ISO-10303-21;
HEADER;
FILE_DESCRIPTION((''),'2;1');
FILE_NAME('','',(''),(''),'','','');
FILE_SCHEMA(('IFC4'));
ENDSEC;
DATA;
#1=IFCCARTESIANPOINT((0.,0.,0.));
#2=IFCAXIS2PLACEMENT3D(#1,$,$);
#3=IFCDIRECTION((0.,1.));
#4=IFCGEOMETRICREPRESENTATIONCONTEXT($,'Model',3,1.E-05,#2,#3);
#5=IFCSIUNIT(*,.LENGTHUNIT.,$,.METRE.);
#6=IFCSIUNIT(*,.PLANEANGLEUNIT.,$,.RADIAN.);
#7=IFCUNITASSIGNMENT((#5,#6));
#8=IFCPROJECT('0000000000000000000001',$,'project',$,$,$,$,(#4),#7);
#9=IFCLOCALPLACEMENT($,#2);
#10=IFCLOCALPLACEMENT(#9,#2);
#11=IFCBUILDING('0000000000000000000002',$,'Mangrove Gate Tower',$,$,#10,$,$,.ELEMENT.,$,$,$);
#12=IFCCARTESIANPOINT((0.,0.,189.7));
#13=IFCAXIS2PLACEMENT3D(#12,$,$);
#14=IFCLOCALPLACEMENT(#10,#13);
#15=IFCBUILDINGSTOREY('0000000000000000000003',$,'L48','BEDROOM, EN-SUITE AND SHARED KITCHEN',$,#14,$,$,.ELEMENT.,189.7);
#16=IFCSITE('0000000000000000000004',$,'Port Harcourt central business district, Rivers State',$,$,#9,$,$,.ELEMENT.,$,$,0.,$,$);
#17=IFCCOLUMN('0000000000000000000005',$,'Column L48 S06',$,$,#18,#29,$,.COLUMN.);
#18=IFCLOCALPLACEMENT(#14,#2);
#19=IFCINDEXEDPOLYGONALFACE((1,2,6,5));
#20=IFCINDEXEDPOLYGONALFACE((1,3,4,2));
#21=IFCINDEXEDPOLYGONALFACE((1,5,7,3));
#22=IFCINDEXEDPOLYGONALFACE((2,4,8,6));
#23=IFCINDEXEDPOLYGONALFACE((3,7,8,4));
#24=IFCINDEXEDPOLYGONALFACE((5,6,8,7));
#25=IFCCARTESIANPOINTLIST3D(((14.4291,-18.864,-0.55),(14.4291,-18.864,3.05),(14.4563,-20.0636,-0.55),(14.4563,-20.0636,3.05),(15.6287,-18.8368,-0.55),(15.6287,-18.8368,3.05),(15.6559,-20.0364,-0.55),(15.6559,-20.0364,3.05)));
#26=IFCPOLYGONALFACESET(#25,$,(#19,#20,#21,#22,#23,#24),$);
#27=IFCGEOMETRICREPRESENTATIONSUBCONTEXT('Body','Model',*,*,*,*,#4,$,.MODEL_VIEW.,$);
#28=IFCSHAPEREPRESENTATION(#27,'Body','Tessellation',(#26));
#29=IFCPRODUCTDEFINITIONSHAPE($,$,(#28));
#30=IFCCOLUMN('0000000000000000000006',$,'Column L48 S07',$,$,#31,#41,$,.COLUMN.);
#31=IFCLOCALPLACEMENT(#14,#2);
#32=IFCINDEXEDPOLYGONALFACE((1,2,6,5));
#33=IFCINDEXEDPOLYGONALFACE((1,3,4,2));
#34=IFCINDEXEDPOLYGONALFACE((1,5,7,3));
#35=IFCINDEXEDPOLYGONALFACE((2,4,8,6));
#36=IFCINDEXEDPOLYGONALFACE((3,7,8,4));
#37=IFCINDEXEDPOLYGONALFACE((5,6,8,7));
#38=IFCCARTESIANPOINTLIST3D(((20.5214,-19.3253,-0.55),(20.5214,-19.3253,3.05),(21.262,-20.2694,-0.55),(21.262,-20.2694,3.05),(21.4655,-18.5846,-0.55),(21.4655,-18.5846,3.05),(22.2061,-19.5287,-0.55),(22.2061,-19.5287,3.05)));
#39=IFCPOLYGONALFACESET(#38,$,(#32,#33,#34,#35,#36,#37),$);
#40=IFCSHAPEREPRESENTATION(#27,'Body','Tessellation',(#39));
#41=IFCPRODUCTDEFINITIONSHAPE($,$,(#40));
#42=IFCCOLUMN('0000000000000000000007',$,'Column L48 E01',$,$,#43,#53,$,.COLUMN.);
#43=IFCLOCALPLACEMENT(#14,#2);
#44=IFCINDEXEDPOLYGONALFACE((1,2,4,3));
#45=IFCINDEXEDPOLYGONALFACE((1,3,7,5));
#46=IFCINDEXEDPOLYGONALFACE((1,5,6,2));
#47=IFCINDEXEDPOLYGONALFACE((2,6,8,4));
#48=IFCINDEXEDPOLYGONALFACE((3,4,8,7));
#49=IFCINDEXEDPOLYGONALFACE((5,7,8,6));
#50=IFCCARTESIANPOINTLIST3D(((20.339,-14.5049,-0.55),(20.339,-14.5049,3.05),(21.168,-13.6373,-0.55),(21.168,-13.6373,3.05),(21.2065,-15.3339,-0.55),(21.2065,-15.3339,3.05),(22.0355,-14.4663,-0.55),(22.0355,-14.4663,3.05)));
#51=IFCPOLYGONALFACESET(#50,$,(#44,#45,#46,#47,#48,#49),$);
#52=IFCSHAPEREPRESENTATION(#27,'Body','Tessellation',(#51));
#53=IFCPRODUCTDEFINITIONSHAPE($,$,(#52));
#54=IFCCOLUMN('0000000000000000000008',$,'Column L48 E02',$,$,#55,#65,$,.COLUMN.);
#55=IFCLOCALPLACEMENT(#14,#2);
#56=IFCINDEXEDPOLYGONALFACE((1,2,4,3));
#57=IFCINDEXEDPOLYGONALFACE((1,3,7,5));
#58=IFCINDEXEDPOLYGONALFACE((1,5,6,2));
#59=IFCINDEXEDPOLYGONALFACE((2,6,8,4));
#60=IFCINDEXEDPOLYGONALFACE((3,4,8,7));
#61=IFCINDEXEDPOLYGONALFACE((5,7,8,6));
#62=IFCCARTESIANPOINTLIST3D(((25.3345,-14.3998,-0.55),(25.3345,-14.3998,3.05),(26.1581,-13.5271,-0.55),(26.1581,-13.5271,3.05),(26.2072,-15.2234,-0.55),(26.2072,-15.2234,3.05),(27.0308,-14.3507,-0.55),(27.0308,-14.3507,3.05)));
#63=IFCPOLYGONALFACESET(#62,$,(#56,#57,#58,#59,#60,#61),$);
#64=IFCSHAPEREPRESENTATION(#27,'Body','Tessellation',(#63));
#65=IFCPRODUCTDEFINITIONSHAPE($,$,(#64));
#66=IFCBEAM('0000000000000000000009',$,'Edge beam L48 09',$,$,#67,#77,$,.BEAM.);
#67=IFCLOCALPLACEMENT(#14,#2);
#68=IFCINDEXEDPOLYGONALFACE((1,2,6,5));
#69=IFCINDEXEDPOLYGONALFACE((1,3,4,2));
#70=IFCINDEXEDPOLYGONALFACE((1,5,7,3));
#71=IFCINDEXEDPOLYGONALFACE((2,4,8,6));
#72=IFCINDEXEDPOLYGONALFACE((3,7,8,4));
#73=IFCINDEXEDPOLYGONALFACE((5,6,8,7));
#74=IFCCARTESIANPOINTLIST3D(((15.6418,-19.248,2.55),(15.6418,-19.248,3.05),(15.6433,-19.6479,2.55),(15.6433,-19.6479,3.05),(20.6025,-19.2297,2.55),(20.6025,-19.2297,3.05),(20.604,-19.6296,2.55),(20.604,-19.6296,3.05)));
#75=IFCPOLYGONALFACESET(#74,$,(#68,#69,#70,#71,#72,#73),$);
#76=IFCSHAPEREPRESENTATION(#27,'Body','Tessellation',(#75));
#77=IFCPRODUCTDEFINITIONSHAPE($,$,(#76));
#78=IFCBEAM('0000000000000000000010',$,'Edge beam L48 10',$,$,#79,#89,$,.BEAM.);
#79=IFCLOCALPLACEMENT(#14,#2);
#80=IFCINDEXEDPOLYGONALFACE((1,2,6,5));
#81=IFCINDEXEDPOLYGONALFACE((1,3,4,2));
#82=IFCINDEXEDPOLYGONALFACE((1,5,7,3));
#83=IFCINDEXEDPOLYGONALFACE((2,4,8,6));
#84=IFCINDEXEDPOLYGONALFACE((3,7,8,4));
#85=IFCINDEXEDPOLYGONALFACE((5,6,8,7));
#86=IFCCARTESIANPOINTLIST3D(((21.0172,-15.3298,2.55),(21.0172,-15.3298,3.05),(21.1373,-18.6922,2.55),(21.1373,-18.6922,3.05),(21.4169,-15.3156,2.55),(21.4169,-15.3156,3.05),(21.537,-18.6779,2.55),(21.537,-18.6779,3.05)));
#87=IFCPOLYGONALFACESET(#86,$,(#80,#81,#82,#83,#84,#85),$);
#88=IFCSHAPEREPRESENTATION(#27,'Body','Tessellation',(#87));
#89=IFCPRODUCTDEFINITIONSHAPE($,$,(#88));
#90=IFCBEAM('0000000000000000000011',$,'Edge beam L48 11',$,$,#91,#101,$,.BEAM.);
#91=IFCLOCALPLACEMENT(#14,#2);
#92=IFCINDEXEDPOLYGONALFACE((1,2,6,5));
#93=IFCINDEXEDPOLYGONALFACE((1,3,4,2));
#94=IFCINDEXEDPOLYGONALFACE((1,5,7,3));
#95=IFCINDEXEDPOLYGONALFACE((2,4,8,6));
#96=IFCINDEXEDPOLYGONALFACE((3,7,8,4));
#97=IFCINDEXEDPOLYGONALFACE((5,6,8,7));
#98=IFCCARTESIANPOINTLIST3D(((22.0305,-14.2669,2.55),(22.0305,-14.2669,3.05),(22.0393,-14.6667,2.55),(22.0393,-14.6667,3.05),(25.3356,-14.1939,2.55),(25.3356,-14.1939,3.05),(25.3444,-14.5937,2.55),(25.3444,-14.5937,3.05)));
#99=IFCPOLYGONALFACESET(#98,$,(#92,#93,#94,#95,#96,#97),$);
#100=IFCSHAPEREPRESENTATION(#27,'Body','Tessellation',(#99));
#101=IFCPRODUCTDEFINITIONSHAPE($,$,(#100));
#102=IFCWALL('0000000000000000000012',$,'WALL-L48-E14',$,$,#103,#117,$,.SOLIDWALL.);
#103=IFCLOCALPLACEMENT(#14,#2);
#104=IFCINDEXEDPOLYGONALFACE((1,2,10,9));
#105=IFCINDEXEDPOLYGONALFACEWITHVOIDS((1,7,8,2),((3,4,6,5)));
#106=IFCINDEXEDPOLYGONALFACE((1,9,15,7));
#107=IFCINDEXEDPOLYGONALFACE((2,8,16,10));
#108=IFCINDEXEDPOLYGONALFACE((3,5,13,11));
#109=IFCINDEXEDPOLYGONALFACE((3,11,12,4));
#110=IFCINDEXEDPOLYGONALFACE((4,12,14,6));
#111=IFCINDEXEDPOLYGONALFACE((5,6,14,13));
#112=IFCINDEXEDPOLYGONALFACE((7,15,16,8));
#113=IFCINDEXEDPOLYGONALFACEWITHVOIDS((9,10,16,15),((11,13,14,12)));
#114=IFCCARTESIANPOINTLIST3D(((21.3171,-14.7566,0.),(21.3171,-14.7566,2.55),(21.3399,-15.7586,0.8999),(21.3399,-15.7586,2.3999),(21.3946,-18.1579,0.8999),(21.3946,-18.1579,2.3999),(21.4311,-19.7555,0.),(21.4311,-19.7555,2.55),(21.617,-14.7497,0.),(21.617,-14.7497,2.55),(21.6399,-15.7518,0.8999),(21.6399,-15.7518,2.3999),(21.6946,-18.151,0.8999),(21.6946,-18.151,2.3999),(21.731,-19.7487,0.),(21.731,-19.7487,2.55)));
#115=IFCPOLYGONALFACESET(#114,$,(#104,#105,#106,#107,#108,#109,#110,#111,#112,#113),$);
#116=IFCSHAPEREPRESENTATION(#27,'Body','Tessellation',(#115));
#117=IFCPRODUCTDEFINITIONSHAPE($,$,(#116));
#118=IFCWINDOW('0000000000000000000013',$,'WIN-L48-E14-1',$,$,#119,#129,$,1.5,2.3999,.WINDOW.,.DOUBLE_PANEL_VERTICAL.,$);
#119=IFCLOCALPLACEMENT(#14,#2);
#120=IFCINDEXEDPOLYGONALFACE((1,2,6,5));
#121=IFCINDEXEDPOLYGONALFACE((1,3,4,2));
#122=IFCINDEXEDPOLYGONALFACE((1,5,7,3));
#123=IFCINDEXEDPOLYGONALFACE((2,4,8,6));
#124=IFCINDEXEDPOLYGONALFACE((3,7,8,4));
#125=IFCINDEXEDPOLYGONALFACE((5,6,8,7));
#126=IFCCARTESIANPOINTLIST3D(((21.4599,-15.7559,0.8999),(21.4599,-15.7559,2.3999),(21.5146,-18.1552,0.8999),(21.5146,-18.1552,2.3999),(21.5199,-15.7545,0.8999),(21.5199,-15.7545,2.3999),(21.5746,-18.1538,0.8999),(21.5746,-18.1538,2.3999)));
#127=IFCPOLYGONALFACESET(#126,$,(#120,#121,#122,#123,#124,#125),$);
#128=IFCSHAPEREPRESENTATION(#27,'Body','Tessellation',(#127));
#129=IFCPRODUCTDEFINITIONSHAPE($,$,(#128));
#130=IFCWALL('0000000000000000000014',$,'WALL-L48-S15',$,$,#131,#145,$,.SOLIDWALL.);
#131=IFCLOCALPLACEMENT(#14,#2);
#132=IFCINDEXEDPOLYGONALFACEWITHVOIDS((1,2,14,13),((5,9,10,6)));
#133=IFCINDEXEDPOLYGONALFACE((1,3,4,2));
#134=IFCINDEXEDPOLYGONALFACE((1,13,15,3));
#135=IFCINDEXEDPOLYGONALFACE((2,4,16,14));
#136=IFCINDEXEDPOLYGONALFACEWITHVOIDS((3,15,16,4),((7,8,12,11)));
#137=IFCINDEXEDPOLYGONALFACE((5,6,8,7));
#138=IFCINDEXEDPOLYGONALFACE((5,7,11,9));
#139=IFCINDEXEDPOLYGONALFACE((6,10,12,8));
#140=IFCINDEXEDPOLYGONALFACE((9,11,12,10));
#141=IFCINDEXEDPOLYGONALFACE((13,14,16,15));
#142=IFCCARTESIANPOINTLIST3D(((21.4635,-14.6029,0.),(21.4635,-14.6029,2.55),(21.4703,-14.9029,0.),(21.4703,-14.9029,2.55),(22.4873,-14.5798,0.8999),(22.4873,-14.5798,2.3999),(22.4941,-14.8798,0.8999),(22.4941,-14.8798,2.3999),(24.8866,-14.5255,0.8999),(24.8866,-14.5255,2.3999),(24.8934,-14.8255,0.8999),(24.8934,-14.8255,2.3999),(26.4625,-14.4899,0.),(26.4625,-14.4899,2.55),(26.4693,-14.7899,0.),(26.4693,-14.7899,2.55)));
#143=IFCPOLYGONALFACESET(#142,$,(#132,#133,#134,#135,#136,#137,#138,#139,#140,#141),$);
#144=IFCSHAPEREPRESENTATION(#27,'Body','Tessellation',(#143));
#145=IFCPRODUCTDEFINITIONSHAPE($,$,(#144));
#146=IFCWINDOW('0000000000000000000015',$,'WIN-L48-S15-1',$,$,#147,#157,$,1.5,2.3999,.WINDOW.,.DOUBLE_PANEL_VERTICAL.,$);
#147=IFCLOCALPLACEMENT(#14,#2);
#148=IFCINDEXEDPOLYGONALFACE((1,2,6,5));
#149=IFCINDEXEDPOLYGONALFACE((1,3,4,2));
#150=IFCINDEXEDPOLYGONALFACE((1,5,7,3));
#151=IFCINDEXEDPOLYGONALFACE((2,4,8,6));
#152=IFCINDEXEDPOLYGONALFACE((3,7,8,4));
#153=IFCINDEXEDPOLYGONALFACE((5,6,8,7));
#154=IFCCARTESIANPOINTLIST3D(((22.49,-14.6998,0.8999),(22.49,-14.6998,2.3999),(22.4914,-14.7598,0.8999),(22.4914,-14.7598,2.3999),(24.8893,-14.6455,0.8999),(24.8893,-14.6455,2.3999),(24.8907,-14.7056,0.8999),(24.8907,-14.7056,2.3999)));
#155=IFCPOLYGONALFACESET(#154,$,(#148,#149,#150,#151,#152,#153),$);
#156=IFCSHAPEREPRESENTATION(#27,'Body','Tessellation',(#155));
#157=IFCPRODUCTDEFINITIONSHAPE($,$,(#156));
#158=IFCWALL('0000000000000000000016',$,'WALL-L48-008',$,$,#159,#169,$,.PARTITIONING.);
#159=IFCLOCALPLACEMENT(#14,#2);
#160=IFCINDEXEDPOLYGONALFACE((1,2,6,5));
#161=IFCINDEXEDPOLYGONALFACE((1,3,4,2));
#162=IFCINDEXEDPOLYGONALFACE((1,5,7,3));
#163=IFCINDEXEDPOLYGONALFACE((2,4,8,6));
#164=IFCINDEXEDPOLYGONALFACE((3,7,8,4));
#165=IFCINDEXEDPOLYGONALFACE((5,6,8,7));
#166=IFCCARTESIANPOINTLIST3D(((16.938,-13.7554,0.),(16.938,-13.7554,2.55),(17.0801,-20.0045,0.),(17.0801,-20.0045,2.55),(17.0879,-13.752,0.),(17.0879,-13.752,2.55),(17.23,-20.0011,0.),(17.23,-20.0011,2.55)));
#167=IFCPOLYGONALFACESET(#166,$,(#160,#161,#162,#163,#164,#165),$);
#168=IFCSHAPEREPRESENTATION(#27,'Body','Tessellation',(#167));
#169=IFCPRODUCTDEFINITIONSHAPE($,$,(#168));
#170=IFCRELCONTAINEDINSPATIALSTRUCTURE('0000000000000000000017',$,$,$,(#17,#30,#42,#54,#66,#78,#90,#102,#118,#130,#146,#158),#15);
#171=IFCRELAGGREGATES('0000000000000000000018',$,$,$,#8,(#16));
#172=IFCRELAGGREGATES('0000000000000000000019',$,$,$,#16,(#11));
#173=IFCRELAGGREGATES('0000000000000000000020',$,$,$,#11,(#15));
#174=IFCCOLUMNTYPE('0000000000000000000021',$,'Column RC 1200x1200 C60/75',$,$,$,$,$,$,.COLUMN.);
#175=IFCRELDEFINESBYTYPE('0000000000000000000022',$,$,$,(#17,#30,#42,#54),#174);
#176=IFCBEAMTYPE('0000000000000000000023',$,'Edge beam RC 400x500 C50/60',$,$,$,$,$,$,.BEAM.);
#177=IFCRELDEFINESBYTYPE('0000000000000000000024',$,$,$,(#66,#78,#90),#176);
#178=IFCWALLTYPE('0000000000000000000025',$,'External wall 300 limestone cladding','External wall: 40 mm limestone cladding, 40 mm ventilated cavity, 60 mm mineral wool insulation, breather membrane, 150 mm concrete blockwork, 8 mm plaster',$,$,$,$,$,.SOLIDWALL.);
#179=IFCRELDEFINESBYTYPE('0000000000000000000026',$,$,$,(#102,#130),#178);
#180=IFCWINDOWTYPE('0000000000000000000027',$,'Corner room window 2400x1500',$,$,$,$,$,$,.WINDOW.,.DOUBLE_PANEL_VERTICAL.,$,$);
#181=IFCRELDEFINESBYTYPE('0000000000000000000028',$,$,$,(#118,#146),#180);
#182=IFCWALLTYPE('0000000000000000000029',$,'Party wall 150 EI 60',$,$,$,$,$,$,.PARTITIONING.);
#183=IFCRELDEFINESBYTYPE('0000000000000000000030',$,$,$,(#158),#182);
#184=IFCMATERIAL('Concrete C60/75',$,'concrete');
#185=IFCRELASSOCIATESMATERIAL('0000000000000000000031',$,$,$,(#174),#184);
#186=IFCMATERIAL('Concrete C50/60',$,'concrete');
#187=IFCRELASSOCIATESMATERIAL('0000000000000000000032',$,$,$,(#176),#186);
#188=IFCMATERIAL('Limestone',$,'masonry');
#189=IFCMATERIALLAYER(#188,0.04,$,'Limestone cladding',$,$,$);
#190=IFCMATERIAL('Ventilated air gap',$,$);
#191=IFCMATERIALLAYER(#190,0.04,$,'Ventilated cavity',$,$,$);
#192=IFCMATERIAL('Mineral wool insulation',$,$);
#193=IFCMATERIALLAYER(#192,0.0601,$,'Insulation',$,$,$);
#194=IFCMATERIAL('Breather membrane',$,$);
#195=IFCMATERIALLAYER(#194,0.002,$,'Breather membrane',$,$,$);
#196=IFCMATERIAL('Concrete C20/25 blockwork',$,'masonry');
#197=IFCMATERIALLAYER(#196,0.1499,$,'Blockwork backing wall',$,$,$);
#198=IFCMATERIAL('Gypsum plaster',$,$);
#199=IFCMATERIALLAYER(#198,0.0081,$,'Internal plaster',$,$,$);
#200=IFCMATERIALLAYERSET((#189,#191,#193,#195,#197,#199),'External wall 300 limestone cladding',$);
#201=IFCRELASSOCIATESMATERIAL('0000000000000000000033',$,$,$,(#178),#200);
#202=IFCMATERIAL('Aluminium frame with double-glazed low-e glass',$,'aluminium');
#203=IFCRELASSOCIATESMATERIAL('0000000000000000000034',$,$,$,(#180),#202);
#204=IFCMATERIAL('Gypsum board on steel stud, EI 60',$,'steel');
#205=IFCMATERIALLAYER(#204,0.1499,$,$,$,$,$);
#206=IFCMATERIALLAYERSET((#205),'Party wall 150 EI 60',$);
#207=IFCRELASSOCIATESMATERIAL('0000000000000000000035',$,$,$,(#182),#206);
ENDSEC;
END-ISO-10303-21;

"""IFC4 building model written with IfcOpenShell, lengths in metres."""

from ifc_helpers import new_model, si_unit, direction, frame, frame_2d, origin, origin_2d, place, context, subcontext, project, spatial, rectangle, extrude, material, layer, layer_set, material_profile, profile_set, type_object, element, fill, save


model = new_model("IFC4")

# Units and contexts
model_context = context("Model", 3, precision=1e-05, world=origin(), true_north=direction((0.0, 1.0)))
body_context = subcontext(model_context, "Body", "Model", "MODEL_VIEW")
ifc_project = project(units=[si_unit("LENGTHUNIT", "METRE"), si_unit("PLANEANGLEUNIT", "RADIAN")], contexts=[model_context])

# Site, building, storey
site_placement = place(None, origin())
site = spatial("IfcSite", under=ifc_project, at=site_placement, Name="Port Harcourt central business district, Rivers State", CompositionType="ELEMENT", RefElevation=0.0)
building_placement = place(site_placement, origin())
building = spatial("IfcBuilding", under=site, at=building_placement, Name="Mangrove Gate Tower", CompositionType="ELEMENT")
storey_placement = place(building_placement, frame((0.0, 0.0, 189.7)))
storey = spatial("IfcBuildingStorey", under=building, at=storey_placement, Name="L48", Description="BEDROOM, EN-SUITE AND SHARED KITCHEN", CompositionType="ELEMENT", Elevation=189.7)

# Columns
ifc_material_1 = material(Name="Concrete C60/75", Category="concrete")
ifc_material_profile_1 = material_profile(ifc_material_1, rectangle(XDim=1.2, YDim=1.2, at=origin_2d()))
ifc_profile_set_1 = profile_set([ifc_material_profile_1], Name="Concrete C60/75")
column_type = type_object("IfcColumnType", Name="Column RC 1200x1200 C60/75", PredefinedType="COLUMN", material=ifc_profile_set_1)
for number, where, z_axis, x_axis, name in (
    (1, (15.0425, -19.4502, -0.55), (0.0, 0.0, 1.0), (0.999743, 0.022681, 0.0), "Column L48 S06"),
    (2, (21.3638, -19.427, -0.55), (0.0, 0.0, 1.0), (0.786796, 0.617213, 0.0), "Column L48 S07"),
    (3, (21.1873, -14.4856, -0.55), (0.0, 0.0, 1.0), (0.690873, 0.722977, 0.0), "Column L48 E01"),
    (4, (26.1826, -14.3752, -0.55), (0.0, 0.0, 1.0), (0.686359, 0.727263, 0.0), "Column L48 E02"),
):
    element("IfcColumn", number, at=place(storey_placement, frame(where, z_axis=z_axis, x_axis=x_axis)), inside=storey, type_object=column_type, Name=name, PredefinedType="COLUMN", context=body_context, shape_type="SweptSolid", body=[
        extrude(rectangle(XDim=1.2, YDim=1.2, at=origin_2d()), origin(), (0.0, 0.0, 1.0), 3.6001),
    ])

# Beams
ifc_material_2 = material(Name="Concrete C50/60", Category="concrete")
ifc_material_profile_2 = material_profile(ifc_material_2, rectangle(XDim=0.3999, YDim=0.5, at=origin_2d()))
ifc_profile_set_2 = profile_set([ifc_material_profile_2], Name="Concrete C50/60")
beam_type = type_object("IfcBeamType", Name="Edge beam RC 400x500 C50/60", PredefinedType="BEAM", material=ifc_profile_set_2)
beam_1_placement = place(storey_placement, frame((15.6426, -19.448, 2.8), z_axis=(0.999993, 0.003691, 0.0), x_axis=(-0.003691, 0.999993, 0.0)))
element("IfcBeam", 5, at=beam_1_placement, inside=storey, type_object=beam_type, Name="Edge beam L48 09", PredefinedType="BEAM", context=body_context, shape_type="SweptSolid", body=[
    extrude(rectangle(XDim=0.3999, YDim=0.5, at=origin_2d()), origin(), (0.0, 0.0, 1.0), 4.9607),
])
beam_2_placement = place(storey_placement, frame((21.3372, -18.6851, 2.8), z_axis=(-0.035702, 0.999362, 0.0), x_axis=(-0.999362, -0.035702, 0.0)))
element("IfcBeam", 6, at=beam_2_placement, inside=storey, type_object=beam_type, Name="Edge beam L48 10", PredefinedType="BEAM", context=body_context, shape_type="SweptSolid", body=[
    extrude(rectangle(XDim=0.3999, YDim=0.5, at=origin_2d()), origin(), (0.0, 0.0, 1.0), 3.3645),
])
beam_3_placement = place(storey_placement, frame((22.0349, -14.4668, 2.8), z_axis=(0.999756, 0.022081, 0.0), x_axis=(-0.022081, 0.999756, 0.0)))
element("IfcBeam", 7, at=beam_3_placement, inside=storey, type_object=beam_type, Name="Edge beam L48 11", PredefinedType="BEAM", context=body_context, shape_type="SweptSolid", body=[
    extrude(rectangle(XDim=0.3999, YDim=0.5, at=origin_2d()), origin(), (0.0, 0.0, 1.0), 3.3059),
])

# Shared definitions
ifc_material_3 = material(Name="Limestone", Category="masonry")
ifc_layer_1 = layer(ifc_material_3, 0.04, Name="Limestone cladding")
ifc_material_4 = material(Name="Ventilated air gap")
ifc_layer_2 = layer(ifc_material_4, 0.04, Name="Ventilated cavity")
ifc_material_5 = material(Name="Mineral wool insulation")
ifc_layer_3 = layer(ifc_material_5, 0.0601, Name="Insulation")
ifc_material_6 = material(Name="Breather membrane")
ifc_layer_4 = layer(ifc_material_6, 0.002, Name="Breather membrane")
ifc_material_7 = material(Name="Concrete C20/25 blockwork", Category="masonry")
ifc_layer_5 = layer(ifc_material_7, 0.1499, Name="Blockwork backing wall")
ifc_material_8 = material(Name="Gypsum plaster")
ifc_layer_6 = layer(ifc_material_8, 0.0081, Name="Internal plaster")
ifc_layer_set_1 = layer_set([ifc_layer_1, ifc_layer_2, ifc_layer_3, ifc_layer_4, ifc_layer_5, ifc_layer_6], Name="External wall 300 limestone cladding")
wall_type_1 = type_object("IfcWallType", Name="External wall 300 limestone cladding", Description="External wall: 40 mm limestone cladding, 40 mm ventilated cavity, 60 mm mineral wool insulation, breather membrane, 150 mm concrete blockwork, 8 mm plaster", PredefinedType="SOLIDWALL", material=ifc_layer_set_1)

# Walls, openings, windows
wall_1_placement = place(storey_placement, frame((21.5811, -19.752, 0.0), z_axis=(0.0, 0.0, 1.0), x_axis=(-0.022801, 0.99974, 0.0)))
wall_1 = element("IfcWall", 8, at=wall_1_placement, inside=storey, type_object=wall_type_1, Name="WALL-L48-E14", PredefinedType="SOLIDWALL", context=body_context, shape_type="SweptSolid", body=[
    extrude(rectangle(XDim=5.0002, YDim=0.3, at=frame_2d((2.5, 0.0))), origin(), (0.0, 0.0, 1.0), 2.55),
])
opening_1_placement = place(wall_1_placement, frame((1.5979, 0.0, 0.8999)))
opening_1 = element("IfcOpeningElement", 9, at=opening_1_placement, cuts=wall_1, PredefinedType="OPENING", context=body_context, shape_type="SweptSolid", body=[
    extrude(rectangle(XDim=2.3999, YDim=1.5, at=frame_2d((1.2, 0.75))), frame((0.0, 0.1599, 0.0), z_axis=(0.0, -1.0, 0.0), x_axis=(1.0, 0.0, 0.0)), (0.0, 0.0, 1.0), 0.3201),
])
ifc_material_9 = material(Name="Aluminium frame with double-glazed low-e glass", Category="aluminium")
window_type_1 = type_object("IfcWindowType", Name="Corner room window 2400x1500", PartitioningType="DOUBLE_PANEL_VERTICAL", PredefinedType="WINDOW", material=ifc_material_9)
window_1_placement = place(opening_1_placement, origin())
window_1 = element("IfcWindow", 10, at=window_1_placement, inside=storey, type_object=window_type_1, Name="WIN-L48-E14-1", OverallHeight=1.5, OverallWidth=2.3999, PartitioningType="DOUBLE_PANEL_VERTICAL", PredefinedType="WINDOW", context=body_context, shape_type="SweptSolid", body=[
    extrude(rectangle(XDim=2.3999, YDim=1.5, at=frame_2d((1.2, 0.75))), frame((0.0, 0.03, 0.0), z_axis=(0.0, -1.0, 0.0), x_axis=(1.0, 0.0, 0.0)), (0.0, 0.0, 1.0), 0.0601),
])
fill(opening_1, window_1)
wall_2_placement = place(storey_placement, frame((21.467, -14.7529, 0.0), z_axis=(0.0, 0.0, 1.0), x_axis=(0.999744, 0.022606, 0.0)))
wall_2 = element("IfcWall", 11, at=wall_2_placement, inside=storey, type_object=wall_type_1, Name="WALL-L48-S15", PredefinedType="SOLIDWALL", context=body_context, shape_type="SweptSolid", body=[
    extrude(rectangle(XDim=5.0002, YDim=0.3, at=frame_2d((2.5, 0.0))), origin(), (0.0, 0.0, 1.0), 2.55),
])
opening_2_placement = place(wall_2_placement, frame((1.0239, 0.0, 0.8999)))
opening_2 = element("IfcOpeningElement", 12, at=opening_2_placement, cuts=wall_2, PredefinedType="OPENING", context=body_context, shape_type="SweptSolid", body=[
    extrude(rectangle(XDim=2.3999, YDim=1.5, at=frame_2d((1.2, 0.75))), frame((0.0, 0.1599, 0.0), z_axis=(0.0, -1.0, 0.0), x_axis=(1.0, 0.0, 0.0)), (0.0, 0.0, 1.0), 0.3201),
])
window_2_placement = place(opening_2_placement, origin())
window_2 = element("IfcWindow", 13, at=window_2_placement, inside=storey, type_object=window_type_1, Name="WIN-L48-S15-1", OverallHeight=1.5, OverallWidth=2.3999, PartitioningType="DOUBLE_PANEL_VERTICAL", PredefinedType="WINDOW", context=body_context, shape_type="SweptSolid", body=[
    extrude(rectangle(XDim=2.3999, YDim=1.5, at=frame_2d((1.2, 0.75))), frame((0.0, 0.03, 0.0), z_axis=(0.0, -1.0, 0.0), x_axis=(1.0, 0.0, 0.0)), (0.0, 0.0, 1.0), 0.0601),
])
fill(opening_2, window_2)

# Wall
ifc_material_10 = material(Name="Gypsum board on steel stud, EI 60", Category="steel")
ifc_layer_7 = layer(ifc_material_10, 0.1499)
ifc_layer_set_2 = layer_set([ifc_layer_7], Name="Party wall 150 EI 60")
wall_type_2 = type_object("IfcWallType", Name="Party wall 150 EI 60", PredefinedType="PARTITIONING", material=ifc_layer_set_2)
wall_3_placement = place(storey_placement, frame((17.155, -20.0029, 0.0), z_axis=(0.0, 0.0, 1.0), x_axis=(-0.022732, 0.999742, 0.0)))
element("IfcWall", 14, at=wall_3_placement, inside=storey, type_object=wall_type_2, Name="WALL-L48-008", PredefinedType="PARTITIONING", context=body_context, shape_type="SweptSolid", body=[
    extrude(rectangle(XDim=6.2507, YDim=0.1499, at=frame_2d((3.1255, 0.0))), origin(), (0.0, 0.0, 1.0), 2.55),
])

save(model, "model.ifc")
